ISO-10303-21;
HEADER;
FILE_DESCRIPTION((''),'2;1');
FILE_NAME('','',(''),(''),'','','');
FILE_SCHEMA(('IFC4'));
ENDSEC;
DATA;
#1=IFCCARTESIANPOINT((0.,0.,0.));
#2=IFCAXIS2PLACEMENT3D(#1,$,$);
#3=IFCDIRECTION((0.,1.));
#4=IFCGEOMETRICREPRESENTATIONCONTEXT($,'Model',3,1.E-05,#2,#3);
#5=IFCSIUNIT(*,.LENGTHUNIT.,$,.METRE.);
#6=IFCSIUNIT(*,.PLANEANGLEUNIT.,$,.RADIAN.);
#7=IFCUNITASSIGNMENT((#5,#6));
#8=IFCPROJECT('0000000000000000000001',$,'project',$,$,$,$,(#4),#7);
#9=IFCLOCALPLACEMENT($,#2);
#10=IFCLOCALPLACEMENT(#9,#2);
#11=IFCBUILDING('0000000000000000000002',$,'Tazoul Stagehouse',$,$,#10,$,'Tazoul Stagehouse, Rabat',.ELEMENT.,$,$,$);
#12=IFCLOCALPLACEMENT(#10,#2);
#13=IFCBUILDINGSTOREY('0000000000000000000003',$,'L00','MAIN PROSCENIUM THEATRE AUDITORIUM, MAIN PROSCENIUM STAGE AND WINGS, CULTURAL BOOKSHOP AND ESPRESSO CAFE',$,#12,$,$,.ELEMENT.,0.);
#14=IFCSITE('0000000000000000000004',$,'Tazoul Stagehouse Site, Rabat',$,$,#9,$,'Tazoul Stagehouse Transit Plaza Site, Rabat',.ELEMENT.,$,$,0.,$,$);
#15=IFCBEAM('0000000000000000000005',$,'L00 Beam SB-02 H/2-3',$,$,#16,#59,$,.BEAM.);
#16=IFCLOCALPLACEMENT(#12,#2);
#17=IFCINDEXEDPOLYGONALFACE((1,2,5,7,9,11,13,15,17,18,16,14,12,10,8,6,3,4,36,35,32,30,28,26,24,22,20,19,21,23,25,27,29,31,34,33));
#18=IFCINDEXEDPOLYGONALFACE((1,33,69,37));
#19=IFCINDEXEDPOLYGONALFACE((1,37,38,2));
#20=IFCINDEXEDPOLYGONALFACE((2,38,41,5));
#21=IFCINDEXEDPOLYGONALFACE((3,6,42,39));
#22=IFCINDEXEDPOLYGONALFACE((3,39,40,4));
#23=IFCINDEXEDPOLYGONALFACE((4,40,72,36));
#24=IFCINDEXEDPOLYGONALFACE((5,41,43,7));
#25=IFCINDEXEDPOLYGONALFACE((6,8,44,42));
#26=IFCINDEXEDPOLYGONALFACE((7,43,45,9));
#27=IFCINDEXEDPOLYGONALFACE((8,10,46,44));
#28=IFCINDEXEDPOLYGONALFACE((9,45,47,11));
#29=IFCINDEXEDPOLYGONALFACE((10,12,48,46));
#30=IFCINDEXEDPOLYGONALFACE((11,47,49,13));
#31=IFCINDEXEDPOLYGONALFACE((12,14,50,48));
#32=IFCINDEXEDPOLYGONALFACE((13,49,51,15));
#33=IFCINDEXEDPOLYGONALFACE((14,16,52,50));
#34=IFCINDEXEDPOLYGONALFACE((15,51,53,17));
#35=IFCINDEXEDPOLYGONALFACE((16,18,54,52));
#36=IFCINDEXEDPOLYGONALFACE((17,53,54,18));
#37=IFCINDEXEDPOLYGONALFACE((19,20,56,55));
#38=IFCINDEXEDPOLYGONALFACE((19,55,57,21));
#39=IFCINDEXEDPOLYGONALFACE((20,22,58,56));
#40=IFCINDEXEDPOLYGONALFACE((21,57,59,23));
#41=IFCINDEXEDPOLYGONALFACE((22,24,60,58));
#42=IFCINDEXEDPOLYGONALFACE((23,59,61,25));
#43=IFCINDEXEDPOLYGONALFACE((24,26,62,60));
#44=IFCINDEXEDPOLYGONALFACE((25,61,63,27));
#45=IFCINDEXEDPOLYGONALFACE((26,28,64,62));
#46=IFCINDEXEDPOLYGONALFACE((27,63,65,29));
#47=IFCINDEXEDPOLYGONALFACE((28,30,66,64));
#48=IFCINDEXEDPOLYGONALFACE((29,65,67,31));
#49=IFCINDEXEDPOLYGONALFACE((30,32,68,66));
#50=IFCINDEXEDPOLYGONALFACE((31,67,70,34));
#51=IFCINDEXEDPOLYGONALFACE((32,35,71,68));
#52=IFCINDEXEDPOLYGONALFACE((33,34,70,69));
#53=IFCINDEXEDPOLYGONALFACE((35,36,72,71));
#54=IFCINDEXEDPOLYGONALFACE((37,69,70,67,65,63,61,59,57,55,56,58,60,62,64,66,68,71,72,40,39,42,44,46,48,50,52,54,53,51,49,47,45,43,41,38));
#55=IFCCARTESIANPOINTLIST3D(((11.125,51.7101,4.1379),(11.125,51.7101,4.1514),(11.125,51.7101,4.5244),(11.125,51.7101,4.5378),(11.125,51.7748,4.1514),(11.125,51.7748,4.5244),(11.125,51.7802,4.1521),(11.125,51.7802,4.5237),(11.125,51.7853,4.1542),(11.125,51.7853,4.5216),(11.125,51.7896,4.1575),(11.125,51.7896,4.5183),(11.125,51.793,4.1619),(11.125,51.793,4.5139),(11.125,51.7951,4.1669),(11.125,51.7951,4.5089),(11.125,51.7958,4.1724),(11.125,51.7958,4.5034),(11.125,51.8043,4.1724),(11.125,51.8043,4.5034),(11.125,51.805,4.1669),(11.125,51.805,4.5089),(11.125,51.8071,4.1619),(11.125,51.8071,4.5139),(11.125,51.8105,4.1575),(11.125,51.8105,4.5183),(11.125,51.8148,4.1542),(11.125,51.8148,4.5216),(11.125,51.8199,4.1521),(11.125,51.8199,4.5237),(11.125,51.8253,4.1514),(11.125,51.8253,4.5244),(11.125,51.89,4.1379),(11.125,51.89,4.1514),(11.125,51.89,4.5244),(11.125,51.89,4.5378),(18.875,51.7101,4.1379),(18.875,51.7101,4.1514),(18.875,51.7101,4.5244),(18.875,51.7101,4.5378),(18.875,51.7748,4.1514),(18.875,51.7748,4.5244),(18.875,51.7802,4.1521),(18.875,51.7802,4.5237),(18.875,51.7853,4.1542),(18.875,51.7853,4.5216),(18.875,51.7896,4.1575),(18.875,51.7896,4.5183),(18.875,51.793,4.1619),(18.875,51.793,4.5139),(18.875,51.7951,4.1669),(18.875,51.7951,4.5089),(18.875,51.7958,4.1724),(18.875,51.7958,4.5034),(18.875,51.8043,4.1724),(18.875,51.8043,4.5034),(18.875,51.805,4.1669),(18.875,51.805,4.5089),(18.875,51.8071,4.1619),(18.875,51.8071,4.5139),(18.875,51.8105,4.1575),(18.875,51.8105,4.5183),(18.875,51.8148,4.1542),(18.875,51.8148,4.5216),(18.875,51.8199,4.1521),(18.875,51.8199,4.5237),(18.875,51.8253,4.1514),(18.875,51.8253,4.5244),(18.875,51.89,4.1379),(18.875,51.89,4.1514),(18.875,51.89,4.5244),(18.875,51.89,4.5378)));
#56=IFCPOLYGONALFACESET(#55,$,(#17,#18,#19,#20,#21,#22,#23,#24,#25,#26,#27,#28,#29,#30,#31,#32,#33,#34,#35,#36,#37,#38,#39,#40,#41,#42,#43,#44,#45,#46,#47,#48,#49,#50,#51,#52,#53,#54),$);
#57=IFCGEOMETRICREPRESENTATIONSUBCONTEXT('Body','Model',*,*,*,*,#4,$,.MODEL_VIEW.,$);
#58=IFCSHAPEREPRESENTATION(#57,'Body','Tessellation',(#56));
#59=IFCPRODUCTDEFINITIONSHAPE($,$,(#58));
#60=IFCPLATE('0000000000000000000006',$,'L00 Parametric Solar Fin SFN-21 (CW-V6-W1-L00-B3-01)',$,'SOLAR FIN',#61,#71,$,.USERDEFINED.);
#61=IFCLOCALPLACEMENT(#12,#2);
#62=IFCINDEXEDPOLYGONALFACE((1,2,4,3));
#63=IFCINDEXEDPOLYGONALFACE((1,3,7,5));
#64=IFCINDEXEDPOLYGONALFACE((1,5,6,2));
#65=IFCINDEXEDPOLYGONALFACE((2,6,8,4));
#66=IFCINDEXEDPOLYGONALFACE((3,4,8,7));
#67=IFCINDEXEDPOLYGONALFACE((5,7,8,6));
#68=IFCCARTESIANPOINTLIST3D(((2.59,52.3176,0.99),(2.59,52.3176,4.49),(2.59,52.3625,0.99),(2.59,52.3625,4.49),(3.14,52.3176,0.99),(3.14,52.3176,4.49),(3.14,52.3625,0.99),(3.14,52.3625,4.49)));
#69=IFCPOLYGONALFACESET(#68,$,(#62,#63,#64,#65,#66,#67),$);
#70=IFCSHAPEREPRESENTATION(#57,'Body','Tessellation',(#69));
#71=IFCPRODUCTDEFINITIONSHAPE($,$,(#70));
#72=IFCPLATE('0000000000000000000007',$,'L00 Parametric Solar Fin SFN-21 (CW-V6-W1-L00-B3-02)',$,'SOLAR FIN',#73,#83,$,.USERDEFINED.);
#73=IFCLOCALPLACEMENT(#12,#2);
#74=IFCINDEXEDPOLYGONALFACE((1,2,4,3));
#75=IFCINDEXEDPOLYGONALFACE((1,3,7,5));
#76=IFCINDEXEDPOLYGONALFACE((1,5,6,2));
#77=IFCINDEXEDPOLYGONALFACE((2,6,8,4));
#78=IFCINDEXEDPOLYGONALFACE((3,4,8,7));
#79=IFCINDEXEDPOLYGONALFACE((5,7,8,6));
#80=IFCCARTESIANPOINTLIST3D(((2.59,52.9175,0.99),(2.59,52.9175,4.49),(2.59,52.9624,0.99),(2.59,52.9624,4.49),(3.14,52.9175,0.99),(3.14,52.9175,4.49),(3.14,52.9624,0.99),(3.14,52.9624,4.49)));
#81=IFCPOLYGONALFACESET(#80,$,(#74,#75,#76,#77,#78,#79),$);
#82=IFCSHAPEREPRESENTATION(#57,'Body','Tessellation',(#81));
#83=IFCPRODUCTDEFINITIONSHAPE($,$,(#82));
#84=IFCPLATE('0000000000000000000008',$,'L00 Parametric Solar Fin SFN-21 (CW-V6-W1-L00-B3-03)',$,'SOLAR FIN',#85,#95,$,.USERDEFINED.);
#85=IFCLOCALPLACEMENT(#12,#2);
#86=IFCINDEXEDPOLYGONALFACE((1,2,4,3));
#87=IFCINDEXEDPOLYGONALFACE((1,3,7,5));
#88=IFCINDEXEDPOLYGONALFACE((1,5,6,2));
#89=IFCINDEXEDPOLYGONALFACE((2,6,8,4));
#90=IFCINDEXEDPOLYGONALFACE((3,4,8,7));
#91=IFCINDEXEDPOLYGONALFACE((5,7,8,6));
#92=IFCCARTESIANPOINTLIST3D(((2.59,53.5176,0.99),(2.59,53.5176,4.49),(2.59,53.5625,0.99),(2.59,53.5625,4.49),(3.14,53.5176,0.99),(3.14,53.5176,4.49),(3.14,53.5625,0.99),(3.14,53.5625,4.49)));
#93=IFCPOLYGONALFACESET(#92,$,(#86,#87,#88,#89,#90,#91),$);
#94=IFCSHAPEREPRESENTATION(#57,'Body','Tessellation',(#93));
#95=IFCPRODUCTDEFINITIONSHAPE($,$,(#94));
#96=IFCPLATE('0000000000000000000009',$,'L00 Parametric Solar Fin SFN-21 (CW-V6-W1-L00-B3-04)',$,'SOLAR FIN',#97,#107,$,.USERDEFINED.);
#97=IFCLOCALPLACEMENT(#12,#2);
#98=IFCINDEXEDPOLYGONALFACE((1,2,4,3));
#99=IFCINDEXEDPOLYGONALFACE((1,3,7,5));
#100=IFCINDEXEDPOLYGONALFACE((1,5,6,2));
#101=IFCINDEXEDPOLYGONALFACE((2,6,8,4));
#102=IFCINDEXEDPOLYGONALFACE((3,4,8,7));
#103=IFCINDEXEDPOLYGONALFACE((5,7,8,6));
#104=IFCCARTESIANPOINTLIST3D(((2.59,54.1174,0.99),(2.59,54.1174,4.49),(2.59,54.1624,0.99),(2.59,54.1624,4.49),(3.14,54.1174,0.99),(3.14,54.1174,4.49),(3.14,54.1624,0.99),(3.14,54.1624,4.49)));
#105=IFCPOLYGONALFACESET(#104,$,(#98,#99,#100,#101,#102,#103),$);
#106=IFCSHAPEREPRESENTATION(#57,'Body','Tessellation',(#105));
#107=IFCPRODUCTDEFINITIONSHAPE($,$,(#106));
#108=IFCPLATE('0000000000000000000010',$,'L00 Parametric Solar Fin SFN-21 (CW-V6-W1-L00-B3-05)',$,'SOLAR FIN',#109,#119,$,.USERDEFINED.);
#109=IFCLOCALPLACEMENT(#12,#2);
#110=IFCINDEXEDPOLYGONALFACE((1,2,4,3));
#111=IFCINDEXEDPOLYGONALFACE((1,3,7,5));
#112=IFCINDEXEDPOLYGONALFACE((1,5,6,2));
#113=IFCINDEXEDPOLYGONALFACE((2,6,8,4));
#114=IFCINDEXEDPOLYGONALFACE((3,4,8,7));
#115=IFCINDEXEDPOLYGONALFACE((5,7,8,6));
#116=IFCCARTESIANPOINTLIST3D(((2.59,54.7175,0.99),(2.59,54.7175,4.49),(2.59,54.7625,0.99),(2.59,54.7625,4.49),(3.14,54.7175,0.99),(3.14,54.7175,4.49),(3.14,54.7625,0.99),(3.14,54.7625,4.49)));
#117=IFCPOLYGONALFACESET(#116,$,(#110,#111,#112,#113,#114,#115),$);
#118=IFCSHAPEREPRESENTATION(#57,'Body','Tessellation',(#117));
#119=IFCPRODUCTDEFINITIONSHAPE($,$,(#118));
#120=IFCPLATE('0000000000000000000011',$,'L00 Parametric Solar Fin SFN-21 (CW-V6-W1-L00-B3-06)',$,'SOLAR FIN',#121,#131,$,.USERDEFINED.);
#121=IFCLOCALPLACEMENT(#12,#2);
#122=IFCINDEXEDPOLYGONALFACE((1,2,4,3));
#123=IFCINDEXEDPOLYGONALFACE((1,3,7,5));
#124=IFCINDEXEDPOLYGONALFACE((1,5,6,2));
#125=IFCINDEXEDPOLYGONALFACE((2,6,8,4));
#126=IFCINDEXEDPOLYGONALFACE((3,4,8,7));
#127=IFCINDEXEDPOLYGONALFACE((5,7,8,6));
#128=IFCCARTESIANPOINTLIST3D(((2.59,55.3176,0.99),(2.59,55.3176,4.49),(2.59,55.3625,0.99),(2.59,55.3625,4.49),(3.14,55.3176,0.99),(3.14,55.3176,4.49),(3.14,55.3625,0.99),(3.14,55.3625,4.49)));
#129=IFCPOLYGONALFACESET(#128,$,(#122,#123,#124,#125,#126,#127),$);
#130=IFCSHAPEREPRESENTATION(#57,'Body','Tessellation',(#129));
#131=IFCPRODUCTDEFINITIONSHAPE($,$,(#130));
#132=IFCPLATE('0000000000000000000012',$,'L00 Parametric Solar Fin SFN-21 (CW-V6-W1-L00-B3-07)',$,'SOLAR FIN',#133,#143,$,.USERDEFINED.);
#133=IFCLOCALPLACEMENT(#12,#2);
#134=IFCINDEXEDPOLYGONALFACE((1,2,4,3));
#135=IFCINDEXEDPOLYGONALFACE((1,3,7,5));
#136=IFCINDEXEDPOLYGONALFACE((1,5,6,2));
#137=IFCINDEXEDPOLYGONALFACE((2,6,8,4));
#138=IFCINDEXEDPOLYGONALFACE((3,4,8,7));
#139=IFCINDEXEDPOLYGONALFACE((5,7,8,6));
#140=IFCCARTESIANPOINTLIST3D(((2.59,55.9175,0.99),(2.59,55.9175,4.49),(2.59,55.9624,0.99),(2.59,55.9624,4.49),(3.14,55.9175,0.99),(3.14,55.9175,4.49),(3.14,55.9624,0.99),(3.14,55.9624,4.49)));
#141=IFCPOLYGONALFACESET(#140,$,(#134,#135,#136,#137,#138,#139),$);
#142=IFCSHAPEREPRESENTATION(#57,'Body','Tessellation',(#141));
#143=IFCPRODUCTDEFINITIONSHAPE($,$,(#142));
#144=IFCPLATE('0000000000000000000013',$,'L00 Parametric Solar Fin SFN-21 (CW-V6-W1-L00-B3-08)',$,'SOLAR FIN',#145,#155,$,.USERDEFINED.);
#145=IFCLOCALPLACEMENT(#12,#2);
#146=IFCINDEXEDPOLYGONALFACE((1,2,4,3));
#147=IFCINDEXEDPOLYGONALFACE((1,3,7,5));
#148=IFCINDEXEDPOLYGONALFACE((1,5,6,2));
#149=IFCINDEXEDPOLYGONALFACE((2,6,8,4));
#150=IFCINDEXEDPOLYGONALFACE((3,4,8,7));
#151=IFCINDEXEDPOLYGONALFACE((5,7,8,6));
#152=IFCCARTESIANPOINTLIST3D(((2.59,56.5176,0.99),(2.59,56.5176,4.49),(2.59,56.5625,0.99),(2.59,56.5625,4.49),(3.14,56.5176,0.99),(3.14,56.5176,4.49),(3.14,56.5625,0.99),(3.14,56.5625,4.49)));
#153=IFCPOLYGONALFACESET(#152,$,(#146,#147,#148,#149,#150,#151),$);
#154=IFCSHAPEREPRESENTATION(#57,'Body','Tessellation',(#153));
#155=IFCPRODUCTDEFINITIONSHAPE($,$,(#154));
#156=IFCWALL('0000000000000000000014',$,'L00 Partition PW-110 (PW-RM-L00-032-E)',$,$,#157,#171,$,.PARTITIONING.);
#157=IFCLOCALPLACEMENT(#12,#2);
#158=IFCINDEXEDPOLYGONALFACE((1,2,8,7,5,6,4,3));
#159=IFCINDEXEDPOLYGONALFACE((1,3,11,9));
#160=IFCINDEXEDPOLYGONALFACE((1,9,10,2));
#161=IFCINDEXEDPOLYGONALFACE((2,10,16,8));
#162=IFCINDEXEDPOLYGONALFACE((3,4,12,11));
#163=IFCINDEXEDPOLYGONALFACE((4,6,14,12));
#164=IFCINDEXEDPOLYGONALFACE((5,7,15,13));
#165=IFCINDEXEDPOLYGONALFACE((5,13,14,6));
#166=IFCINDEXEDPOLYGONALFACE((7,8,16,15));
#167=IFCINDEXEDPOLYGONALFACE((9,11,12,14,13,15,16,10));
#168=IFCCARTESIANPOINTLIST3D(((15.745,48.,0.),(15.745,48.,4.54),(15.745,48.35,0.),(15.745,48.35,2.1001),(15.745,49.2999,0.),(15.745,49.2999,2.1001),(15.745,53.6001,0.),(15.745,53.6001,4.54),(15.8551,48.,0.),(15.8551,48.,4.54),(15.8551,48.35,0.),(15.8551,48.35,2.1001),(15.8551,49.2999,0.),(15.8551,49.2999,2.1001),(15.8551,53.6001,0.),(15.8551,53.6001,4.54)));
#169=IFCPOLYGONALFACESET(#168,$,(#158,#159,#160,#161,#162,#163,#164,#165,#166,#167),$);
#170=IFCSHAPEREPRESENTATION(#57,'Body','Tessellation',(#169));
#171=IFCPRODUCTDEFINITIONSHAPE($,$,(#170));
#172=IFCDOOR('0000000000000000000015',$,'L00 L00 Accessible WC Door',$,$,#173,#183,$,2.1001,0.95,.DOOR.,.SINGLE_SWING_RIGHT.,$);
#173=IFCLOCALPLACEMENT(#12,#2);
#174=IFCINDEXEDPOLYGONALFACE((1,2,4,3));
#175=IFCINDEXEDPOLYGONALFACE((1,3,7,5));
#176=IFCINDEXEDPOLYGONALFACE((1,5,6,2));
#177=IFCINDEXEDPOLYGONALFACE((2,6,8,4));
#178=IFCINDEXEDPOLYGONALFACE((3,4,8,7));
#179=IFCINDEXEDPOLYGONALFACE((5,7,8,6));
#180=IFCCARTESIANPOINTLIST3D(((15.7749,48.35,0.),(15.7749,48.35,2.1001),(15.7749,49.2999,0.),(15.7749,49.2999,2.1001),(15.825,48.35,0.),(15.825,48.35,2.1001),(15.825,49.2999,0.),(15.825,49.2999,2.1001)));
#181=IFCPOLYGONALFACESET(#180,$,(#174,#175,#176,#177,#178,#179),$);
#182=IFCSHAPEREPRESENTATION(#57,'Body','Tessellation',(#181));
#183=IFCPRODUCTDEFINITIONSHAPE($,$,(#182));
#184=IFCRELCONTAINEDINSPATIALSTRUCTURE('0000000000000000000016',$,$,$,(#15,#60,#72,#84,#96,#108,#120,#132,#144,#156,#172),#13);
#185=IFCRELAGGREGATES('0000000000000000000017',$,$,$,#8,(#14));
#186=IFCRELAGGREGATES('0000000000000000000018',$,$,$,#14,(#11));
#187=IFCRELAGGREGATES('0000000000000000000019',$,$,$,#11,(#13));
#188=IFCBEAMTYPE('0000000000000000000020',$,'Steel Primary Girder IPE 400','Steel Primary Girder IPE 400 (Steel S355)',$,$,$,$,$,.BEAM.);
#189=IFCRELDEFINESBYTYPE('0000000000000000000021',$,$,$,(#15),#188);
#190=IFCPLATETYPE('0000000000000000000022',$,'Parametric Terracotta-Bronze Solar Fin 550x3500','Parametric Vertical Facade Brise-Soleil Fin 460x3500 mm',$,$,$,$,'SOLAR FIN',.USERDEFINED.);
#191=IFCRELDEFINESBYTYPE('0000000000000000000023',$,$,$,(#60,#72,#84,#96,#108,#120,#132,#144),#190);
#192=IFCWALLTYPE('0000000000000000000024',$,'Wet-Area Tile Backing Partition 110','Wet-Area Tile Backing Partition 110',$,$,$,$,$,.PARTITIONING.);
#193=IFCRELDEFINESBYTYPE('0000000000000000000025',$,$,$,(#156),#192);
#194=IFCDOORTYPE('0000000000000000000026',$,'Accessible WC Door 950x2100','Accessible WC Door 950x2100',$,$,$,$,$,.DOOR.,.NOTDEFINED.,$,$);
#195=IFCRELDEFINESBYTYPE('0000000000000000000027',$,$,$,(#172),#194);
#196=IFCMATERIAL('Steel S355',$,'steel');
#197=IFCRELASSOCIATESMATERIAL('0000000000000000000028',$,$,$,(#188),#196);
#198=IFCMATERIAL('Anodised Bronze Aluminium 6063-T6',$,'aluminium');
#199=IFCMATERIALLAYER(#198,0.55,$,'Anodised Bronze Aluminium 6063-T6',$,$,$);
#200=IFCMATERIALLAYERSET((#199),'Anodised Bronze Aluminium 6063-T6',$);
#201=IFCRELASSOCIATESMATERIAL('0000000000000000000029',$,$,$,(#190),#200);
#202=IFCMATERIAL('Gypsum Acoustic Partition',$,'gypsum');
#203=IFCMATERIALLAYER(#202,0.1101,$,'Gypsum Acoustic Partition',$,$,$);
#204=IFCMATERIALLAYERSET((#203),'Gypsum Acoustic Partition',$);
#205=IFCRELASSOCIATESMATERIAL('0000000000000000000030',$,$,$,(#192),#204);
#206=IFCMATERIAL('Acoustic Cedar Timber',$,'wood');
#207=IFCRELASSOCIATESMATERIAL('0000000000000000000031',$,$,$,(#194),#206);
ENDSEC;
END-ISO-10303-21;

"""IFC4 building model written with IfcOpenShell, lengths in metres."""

from ifc_helpers import new_model, si_unit, direction, frame, frame_2d, origin, origin_2d, place, context, subcontext, project, spatial, rectangle, i_section, extrude, material, layer, layer_set, material_profile, profile_set, type_object, element, fill, save


model = new_model("IFC4")

# Units and contexts
model_context = context("Model", 3, precision=1e-05, world=origin(), true_north=direction((0.0, 1.0)))
body_context = subcontext(model_context, "Body", "Model", "MODEL_VIEW")
ifc_project = project(units=[si_unit("LENGTHUNIT", "METRE"), si_unit("PLANEANGLEUNIT", "RADIAN")], contexts=[model_context])

# Site, building, storey
site_placement = place(None, origin())
site = spatial("IfcSite", under=ifc_project, at=site_placement, Name="Tazoul Stagehouse Site, Rabat", LongName="Tazoul Stagehouse Transit Plaza Site, Rabat", CompositionType="ELEMENT", RefElevation=0.0)
building_placement = place(site_placement, origin())
building = spatial("IfcBuilding", under=site, at=building_placement, Name="Tazoul Stagehouse", LongName="Tazoul Stagehouse, Rabat", CompositionType="ELEMENT")
storey_placement = place(building_placement, origin())
storey = spatial("IfcBuildingStorey", under=building, at=storey_placement, Name="L00", Description="MAIN PROSCENIUM THEATRE AUDITORIUM, MAIN PROSCENIUM STAGE AND WINGS, CULTURAL BOOKSHOP AND ESPRESSO CAFE", CompositionType="ELEMENT", Elevation=0.0)

# Beam
ifc_material_1 = material(Name="Steel S355", Category="steel")
ifc_material_profile_1 = material_profile(ifc_material_1, i_section(OverallWidth=0.1799, OverallDepth=0.3999, WebThickness=0.0085, FlangeThickness=0.0134, FilletRadius=0.021, at=origin_2d()), Name="IPE 400")
ifc_profile_set_1 = profile_set([ifc_material_profile_1], Name="Steel S355")
beam_type_1 = type_object("IfcBeamType", Name="Steel Primary Girder IPE 400", Description="Steel Primary Girder IPE 400 (Steel S355)", PredefinedType="BEAM", material=ifc_profile_set_1)
beam_1_placement = place(storey_placement, frame((11.125, 51.8, 4.3379), z_axis=(1.0, 0.0, 0.0), x_axis=(0.0, 1.0, 0.0)))
element("IfcBeam", 1, at=beam_1_placement, inside=storey, type_object=beam_type_1, Name="L00 Beam SB-02 H/2-3", PredefinedType="BEAM", context=body_context, shape_type="SweptSolid", body=[
    extrude(i_section(OverallWidth=0.1799, OverallDepth=0.3999, WebThickness=0.0085, FlangeThickness=0.0134, FilletRadius=0.021, at=origin_2d()), origin(), (0.0, 0.0, 1.0), 7.75),
])

# Plates
ifc_material_2 = material(Name="Anodised Bronze Aluminium 6063-T6", Category="aluminium")
ifc_layer_1 = layer(ifc_material_2, 0.55, Name="Anodised Bronze Aluminium 6063-T6")
ifc_layer_set_1 = layer_set([ifc_layer_1], Name="Anodised Bronze Aluminium 6063-T6")
plate_type = type_object("IfcPlateType", Name="Parametric Terracotta-Bronze Solar Fin 550x3500", Description="Parametric Vertical Facade Brise-Soleil Fin 460x3500 mm", ElementType="SOLAR FIN", PredefinedType="USERDEFINED", material=ifc_layer_set_1)
for number, where, z_axis, x_axis, name in (
    (2, (2.865, 52.3401, 0.99), (0.0, 0.0, 1.0), (0.0, 1.0, 0.0), "L00 Parametric Solar Fin SFN-21 (CW-V6-W1-L00-B3-01)"),
    (3, (2.865, 52.9399, 0.99), (0.0, 0.0, 1.0), (0.0, 1.0, 0.0), "L00 Parametric Solar Fin SFN-21 (CW-V6-W1-L00-B3-02)"),
    (4, (2.865, 53.54, 0.99), (0.0, 0.0, 1.0), (0.0, 1.0, 0.0), "L00 Parametric Solar Fin SFN-21 (CW-V6-W1-L00-B3-03)"),
    (5, (2.865, 54.1399, 0.99), (0.0, 0.0, 1.0), (0.0, 1.0, 0.0), "L00 Parametric Solar Fin SFN-21 (CW-V6-W1-L00-B3-04)"),
    (6, (2.865, 54.74, 0.99), (0.0, 0.0, 1.0), (0.0, 1.0, 0.0), "L00 Parametric Solar Fin SFN-21 (CW-V6-W1-L00-B3-05)"),
    (7, (2.865, 55.3401, 0.99), (0.0, 0.0, 1.0), (0.0, 1.0, 0.0), "L00 Parametric Solar Fin SFN-21 (CW-V6-W1-L00-B3-06)"),
    (8, (2.865, 55.9399, 0.99), (0.0, 0.0, 1.0), (0.0, 1.0, 0.0), "L00 Parametric Solar Fin SFN-21 (CW-V6-W1-L00-B3-07)"),
    (9, (2.865, 56.54, 0.99), (0.0, 0.0, 1.0), (0.0, 1.0, 0.0), "L00 Parametric Solar Fin SFN-21 (CW-V6-W1-L00-B3-08)"),
):
    element("IfcPlate", number, at=place(storey_placement, frame(where, z_axis=z_axis, x_axis=x_axis)), inside=storey, type_object=plate_type, Name=name, ObjectType="SOLAR FIN", PredefinedType="USERDEFINED", context=body_context, shape_type="SweptSolid", body=[
        extrude(rectangle(XDim=0.0449, YDim=0.55, at=origin_2d()), origin(), (0.0, 0.0, 1.0), 3.5),
    ])

# Wall, opening, door
ifc_material_3 = material(Name="Gypsum Acoustic Partition", Category="gypsum")
ifc_layer_2 = layer(ifc_material_3, 0.1101, Name="Gypsum Acoustic Partition")
ifc_layer_set_2 = layer_set([ifc_layer_2], Name="Gypsum Acoustic Partition")
wall_type = type_object("IfcWallType", Name="Wet-Area Tile Backing Partition 110", Description="Wet-Area Tile Backing Partition 110", PredefinedType="PARTITIONING", material=ifc_layer_set_2)
wall_placement = place(storey_placement, frame((15.8, 53.6001, 0.0), z_axis=(0.0, 0.0, 1.0), x_axis=(0.0, -1.0, 0.0)))
wall = element("IfcWall", 10, at=wall_placement, inside=storey, type_object=wall_type, Name="L00 Partition PW-110 (PW-RM-L00-032-E)", PredefinedType="PARTITIONING", context=body_context, shape_type="SweptSolid", body=[
    extrude(rectangle(XDim=5.6001, YDim=0.1101, at=frame_2d((2.8, 0.0))), origin(), (0.0, 0.0, 1.0), 4.54),
])
opening_placement = place(wall_placement, frame((4.3, 0.0, 0.0)))
opening = element("IfcOpeningElement", 11, at=opening_placement, cuts=wall, PredefinedType="OPENING", context=body_context, shape_type="SweptSolid", body=[
    extrude(rectangle(XDim=0.95, YDim=2.1001, at=frame_2d((0.4751, 1.05))), frame((0.0, 0.075, 0.0), z_axis=(0.0, -1.0, 0.0), x_axis=(1.0, 0.0, 0.0)), (0.0, 0.0, 1.0), 0.1501),
])
ifc_material_4 = material(Name="Acoustic Cedar Timber", Category="wood")
door_type = type_object("IfcDoorType", Name="Accessible WC Door 950x2100", Description="Accessible WC Door 950x2100", OperationType="NOTDEFINED", PredefinedType="DOOR", material=ifc_material_4)
door_placement = place(opening_placement, origin())
door = element("IfcDoor", 12, at=door_placement, inside=storey, type_object=door_type, Name="L00 L00 Accessible WC Door", OperationType="SINGLE_SWING_RIGHT", OverallHeight=2.1001, OverallWidth=0.95, PredefinedType="DOOR", context=body_context, shape_type="SweptSolid", body=[
    extrude(rectangle(XDim=0.95, YDim=2.1001, at=frame_2d((0.4751, 1.05))), frame((0.0, 0.0249, 0.0), z_axis=(0.0, -1.0, 0.0), x_axis=(1.0, 0.0, 0.0)), (0.0, 0.0, 1.0), 0.05),
])
fill(opening, door)

save(model, "model.ifc")
